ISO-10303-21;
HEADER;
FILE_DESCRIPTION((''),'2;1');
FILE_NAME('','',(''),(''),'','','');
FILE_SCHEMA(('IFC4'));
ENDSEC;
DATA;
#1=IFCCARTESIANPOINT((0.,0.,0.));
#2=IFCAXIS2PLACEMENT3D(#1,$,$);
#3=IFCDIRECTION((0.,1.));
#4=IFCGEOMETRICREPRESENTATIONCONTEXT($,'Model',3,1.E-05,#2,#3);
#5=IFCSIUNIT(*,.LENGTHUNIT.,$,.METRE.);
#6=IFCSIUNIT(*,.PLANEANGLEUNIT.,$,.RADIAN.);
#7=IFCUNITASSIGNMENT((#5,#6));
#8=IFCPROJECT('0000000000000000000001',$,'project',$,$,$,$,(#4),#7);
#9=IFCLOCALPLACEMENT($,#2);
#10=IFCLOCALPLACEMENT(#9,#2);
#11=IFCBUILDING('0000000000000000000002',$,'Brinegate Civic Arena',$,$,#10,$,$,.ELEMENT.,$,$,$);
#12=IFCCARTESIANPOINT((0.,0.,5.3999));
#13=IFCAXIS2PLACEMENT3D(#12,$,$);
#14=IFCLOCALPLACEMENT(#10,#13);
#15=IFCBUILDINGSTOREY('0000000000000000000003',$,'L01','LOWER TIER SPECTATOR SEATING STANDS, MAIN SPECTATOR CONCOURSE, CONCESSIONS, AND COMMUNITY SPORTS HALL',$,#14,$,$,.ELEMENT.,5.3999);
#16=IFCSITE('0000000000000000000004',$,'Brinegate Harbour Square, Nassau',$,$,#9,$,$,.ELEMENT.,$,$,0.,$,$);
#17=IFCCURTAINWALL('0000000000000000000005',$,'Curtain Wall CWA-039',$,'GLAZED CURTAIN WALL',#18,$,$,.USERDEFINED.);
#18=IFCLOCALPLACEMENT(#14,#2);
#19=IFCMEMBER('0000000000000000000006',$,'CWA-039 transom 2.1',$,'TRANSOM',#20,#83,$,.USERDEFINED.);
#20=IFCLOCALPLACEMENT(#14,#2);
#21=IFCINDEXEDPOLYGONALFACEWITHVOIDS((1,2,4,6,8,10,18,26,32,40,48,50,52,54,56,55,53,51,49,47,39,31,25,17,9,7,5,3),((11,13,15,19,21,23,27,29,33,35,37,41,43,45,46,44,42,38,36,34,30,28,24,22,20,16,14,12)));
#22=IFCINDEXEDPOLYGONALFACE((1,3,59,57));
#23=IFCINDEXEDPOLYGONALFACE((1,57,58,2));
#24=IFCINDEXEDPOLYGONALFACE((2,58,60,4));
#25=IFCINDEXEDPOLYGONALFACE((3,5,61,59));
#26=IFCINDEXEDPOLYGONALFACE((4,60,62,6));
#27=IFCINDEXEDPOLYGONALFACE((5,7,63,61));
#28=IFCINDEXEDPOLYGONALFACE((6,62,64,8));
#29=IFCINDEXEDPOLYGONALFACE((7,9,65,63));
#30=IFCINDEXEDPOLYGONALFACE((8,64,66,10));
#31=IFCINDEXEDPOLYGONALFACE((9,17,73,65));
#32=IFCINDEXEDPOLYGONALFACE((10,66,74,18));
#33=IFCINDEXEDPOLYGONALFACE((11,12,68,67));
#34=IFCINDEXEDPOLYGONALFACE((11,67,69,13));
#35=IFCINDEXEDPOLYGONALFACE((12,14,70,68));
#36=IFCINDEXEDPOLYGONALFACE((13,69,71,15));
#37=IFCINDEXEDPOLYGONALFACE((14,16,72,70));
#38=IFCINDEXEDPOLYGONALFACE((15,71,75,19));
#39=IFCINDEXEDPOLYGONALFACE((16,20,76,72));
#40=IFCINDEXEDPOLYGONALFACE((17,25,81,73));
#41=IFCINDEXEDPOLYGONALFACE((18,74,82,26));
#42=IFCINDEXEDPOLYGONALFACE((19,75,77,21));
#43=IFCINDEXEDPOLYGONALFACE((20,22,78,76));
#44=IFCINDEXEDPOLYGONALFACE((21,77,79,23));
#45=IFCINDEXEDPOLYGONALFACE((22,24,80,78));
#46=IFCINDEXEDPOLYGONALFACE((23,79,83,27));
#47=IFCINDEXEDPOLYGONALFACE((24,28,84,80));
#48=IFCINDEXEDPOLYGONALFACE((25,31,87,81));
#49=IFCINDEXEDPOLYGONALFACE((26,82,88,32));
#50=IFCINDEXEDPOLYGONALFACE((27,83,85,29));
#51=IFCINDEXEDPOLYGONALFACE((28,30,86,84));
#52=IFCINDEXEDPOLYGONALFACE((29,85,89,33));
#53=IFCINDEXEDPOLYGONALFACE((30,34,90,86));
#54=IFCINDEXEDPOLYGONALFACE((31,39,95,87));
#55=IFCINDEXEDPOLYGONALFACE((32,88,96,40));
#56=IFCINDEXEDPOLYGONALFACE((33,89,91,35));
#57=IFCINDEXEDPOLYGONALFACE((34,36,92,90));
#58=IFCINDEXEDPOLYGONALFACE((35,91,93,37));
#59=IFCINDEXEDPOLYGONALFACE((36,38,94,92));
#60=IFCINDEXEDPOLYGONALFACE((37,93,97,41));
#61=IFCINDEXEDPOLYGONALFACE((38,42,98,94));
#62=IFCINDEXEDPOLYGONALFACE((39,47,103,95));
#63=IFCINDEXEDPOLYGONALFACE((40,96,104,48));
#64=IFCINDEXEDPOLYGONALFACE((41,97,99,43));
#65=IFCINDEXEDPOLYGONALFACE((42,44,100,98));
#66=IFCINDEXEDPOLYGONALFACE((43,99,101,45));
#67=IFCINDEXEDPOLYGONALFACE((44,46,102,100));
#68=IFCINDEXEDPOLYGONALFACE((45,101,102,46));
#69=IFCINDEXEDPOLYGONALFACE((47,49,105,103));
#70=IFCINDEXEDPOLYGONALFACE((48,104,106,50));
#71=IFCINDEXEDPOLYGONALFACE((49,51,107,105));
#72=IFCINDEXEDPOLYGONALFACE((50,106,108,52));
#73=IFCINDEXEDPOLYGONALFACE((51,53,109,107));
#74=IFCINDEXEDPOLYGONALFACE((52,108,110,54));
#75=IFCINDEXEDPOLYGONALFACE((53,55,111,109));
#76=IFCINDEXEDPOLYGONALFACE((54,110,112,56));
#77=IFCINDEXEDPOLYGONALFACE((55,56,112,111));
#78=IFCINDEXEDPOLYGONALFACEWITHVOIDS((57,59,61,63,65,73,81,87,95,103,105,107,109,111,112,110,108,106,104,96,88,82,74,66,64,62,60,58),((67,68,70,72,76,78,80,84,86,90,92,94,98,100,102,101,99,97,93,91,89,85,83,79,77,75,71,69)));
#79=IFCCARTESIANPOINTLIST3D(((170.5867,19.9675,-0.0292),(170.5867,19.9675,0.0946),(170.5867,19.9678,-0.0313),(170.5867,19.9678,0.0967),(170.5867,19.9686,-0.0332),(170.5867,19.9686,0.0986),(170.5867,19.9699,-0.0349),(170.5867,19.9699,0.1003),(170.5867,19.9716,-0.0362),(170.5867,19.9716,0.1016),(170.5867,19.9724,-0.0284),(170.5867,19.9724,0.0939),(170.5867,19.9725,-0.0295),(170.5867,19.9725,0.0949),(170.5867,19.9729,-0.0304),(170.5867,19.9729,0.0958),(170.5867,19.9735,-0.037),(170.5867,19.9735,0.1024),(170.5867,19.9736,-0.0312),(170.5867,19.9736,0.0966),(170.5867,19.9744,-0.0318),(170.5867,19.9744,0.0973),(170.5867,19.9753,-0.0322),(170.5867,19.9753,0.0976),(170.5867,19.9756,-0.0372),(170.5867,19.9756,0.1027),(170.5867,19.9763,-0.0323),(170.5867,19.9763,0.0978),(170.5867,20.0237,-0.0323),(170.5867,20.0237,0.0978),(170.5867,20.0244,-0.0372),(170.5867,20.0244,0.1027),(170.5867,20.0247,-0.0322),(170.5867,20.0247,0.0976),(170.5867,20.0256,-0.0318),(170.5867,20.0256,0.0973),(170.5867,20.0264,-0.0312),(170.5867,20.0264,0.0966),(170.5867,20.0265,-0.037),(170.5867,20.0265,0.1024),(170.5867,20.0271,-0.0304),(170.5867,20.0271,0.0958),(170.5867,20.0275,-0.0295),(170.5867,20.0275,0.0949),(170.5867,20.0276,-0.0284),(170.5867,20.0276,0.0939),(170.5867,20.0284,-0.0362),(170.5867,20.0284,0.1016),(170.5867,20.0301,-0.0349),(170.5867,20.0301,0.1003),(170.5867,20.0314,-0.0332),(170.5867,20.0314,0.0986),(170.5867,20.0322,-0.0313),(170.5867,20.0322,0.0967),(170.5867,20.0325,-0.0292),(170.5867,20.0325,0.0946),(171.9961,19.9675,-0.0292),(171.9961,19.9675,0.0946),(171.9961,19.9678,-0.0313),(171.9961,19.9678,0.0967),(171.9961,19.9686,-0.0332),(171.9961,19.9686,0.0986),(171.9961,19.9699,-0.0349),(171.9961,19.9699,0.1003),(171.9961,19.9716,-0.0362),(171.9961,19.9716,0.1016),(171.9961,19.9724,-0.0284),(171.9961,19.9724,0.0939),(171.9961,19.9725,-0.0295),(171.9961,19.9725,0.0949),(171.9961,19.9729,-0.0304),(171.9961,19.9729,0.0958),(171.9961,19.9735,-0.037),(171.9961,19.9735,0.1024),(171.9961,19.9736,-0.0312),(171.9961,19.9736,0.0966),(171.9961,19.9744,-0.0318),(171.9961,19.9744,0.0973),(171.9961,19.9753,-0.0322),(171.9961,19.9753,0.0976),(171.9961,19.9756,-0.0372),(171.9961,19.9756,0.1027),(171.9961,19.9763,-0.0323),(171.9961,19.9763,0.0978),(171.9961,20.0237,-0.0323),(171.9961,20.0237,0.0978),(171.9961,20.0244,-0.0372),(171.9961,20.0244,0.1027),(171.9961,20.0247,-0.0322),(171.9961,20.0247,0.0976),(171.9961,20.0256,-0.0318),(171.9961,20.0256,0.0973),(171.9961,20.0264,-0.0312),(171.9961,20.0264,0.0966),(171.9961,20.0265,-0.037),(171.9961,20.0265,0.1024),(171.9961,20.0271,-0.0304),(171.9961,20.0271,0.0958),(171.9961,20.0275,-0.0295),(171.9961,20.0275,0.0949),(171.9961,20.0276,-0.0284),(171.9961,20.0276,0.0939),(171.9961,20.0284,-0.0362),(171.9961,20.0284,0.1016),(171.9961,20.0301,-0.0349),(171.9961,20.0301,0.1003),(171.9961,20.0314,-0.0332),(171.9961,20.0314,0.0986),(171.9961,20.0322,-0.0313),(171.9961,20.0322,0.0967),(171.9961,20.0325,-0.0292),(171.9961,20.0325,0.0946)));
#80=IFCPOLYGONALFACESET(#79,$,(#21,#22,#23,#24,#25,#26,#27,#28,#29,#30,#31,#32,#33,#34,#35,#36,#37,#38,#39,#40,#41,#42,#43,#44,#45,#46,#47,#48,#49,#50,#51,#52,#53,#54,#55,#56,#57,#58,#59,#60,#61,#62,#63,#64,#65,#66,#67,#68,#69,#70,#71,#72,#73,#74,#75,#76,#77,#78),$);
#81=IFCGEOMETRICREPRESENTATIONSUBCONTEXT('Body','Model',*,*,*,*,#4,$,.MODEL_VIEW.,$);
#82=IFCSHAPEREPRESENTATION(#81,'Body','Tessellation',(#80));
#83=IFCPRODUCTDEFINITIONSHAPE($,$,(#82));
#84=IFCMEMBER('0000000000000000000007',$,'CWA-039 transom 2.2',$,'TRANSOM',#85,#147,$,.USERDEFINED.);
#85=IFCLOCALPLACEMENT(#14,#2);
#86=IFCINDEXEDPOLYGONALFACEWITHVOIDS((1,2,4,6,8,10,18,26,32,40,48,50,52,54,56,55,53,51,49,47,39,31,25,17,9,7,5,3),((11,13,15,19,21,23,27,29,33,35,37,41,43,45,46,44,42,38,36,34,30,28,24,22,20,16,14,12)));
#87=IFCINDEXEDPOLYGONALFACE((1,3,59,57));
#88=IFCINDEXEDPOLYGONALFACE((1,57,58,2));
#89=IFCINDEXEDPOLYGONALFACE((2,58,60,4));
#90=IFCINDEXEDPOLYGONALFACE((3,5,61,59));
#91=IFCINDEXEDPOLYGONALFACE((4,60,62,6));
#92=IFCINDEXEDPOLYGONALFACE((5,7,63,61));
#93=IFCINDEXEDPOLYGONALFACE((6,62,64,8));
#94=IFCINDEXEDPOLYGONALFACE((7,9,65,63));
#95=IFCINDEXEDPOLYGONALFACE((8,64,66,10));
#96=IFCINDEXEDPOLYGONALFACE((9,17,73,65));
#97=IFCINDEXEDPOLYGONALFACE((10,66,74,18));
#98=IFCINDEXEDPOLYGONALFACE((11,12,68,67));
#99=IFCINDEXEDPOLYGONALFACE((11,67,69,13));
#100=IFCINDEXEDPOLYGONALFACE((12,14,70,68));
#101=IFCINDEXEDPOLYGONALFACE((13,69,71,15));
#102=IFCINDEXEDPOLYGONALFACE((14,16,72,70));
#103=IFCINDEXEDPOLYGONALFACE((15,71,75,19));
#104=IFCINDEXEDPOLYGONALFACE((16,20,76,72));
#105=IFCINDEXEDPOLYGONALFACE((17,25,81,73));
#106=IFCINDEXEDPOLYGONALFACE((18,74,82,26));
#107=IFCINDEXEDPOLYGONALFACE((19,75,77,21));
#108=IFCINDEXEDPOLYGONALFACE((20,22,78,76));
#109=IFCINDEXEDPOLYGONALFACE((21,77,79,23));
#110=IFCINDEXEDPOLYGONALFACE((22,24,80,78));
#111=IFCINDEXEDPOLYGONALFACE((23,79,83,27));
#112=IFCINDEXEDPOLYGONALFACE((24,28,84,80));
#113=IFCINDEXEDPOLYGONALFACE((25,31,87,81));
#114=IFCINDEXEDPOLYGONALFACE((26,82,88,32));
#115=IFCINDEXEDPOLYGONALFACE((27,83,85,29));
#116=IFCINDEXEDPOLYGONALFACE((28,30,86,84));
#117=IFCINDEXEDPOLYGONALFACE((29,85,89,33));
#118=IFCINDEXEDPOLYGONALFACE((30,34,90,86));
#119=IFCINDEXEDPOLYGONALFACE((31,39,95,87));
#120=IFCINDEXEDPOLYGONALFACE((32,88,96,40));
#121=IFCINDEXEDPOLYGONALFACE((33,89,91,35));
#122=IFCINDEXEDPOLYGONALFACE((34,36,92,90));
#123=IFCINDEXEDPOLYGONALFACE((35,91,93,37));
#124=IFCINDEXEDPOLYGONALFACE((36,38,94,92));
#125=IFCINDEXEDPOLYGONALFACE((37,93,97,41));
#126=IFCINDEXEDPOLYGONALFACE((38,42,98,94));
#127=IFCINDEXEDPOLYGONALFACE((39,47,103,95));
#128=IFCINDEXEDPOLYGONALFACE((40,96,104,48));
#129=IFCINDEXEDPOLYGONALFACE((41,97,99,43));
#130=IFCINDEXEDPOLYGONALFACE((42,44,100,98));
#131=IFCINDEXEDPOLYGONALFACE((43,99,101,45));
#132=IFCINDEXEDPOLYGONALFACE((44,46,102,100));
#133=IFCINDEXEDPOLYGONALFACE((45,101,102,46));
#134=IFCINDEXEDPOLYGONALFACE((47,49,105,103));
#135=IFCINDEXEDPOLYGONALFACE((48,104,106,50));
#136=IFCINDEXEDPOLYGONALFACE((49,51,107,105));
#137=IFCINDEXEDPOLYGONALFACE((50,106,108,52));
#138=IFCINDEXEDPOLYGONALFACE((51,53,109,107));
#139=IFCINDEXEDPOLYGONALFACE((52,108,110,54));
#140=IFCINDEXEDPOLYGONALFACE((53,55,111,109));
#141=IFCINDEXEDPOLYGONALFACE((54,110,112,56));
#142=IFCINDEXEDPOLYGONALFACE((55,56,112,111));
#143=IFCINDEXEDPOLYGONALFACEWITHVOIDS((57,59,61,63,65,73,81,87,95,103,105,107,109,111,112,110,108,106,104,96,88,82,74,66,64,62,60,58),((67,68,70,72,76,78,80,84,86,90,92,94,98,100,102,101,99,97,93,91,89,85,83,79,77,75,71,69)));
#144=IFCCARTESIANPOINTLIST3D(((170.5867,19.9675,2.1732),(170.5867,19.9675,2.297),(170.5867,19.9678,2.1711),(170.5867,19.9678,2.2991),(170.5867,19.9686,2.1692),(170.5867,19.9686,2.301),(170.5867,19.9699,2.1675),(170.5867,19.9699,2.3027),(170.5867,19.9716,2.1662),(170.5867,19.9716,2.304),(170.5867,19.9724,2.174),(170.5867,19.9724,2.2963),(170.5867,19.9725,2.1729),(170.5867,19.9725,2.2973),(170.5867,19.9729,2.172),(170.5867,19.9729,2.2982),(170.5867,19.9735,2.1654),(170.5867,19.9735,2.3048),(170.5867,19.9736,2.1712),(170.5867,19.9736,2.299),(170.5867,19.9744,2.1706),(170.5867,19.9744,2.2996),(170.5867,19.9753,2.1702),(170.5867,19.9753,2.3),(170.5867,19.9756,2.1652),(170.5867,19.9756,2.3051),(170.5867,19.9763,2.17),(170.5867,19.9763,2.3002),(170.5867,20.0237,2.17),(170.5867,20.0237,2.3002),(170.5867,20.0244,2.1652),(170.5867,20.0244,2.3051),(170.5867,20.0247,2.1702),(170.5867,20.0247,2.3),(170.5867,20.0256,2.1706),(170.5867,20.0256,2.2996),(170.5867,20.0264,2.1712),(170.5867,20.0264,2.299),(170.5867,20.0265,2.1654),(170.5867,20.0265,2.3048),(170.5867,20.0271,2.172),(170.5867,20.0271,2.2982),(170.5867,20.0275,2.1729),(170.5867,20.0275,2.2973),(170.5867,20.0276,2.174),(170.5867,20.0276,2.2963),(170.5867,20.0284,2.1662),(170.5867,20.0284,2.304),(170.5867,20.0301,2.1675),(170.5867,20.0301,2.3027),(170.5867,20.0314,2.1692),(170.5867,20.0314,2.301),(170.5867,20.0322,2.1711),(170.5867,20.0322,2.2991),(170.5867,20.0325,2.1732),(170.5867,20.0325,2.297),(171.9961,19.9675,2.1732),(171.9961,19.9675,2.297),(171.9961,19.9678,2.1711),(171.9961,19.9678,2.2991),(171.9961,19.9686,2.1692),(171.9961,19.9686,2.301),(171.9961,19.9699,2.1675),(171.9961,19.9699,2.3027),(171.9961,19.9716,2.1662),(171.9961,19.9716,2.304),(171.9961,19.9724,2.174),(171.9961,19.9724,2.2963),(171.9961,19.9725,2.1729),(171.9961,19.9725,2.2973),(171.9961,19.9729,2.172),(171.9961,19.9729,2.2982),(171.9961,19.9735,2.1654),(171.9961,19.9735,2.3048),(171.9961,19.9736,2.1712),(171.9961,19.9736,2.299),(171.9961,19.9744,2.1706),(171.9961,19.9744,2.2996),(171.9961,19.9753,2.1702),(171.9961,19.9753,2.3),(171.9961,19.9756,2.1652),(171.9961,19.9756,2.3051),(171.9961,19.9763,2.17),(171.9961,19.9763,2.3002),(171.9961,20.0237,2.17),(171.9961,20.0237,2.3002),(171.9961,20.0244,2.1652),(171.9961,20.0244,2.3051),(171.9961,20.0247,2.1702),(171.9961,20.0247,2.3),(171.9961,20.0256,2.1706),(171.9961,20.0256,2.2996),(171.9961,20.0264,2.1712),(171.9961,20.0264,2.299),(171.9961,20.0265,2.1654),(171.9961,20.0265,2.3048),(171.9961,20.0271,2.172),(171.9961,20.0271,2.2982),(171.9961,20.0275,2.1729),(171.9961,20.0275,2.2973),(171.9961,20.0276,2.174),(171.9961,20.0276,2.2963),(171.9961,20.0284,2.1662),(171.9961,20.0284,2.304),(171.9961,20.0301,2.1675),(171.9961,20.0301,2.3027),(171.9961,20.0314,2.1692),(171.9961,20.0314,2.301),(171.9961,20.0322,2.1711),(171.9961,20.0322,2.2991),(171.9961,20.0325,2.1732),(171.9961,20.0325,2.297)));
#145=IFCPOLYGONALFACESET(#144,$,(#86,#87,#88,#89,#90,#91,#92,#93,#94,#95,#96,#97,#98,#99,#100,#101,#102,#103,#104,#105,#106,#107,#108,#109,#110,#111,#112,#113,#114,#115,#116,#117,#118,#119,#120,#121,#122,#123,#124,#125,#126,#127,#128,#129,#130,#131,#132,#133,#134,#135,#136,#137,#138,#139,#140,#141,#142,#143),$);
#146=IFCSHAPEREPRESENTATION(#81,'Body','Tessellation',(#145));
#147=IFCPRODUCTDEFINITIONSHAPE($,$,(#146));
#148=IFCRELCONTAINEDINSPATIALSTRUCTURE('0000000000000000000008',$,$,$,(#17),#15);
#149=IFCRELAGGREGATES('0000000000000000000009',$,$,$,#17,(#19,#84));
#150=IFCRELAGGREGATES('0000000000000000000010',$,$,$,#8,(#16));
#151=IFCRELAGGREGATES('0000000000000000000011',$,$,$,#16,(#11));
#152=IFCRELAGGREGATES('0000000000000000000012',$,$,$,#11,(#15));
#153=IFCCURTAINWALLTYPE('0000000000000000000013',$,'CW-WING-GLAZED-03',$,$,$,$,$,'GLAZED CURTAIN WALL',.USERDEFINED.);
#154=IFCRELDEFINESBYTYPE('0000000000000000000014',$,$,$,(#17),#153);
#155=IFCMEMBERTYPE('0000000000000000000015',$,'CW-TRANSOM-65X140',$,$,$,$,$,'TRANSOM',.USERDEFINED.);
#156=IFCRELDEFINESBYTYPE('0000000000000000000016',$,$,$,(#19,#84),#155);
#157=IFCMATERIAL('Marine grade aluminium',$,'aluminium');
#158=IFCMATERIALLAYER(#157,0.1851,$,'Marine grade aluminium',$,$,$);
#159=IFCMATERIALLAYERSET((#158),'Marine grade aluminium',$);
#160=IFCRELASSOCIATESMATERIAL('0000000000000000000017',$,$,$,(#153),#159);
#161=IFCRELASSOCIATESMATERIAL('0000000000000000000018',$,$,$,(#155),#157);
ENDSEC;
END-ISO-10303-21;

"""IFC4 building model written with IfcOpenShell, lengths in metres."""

from ifc_helpers import new_model, si_unit, direction, frame, origin, origin_2d, place, context, subcontext, project, spatial, hollow_rectangle, extrude, material, layer, layer_set, material_profile, profile_set, type_object, element, aggregate, save


model = new_model("IFC4")

# Units and contexts
model_context = context("Model", 3, precision=1e-05, world=origin(), true_north=direction((0.0, 1.0)))
body_context = subcontext(model_context, "Body", "Model", "MODEL_VIEW")
ifc_project = project(units=[si_unit("LENGTHUNIT", "METRE"), si_unit("PLANEANGLEUNIT", "RADIAN")], contexts=[model_context])

# Site, building, storey
site_placement = place(None, origin())
site = spatial("IfcSite", under=ifc_project, at=site_placement, Name="Brinegate Harbour Square, Nassau", CompositionType="ELEMENT", RefElevation=0.0)
building_placement = place(site_placement, origin())
building = spatial("IfcBuilding", under=site, at=building_placement, Name="Brinegate Civic Arena", CompositionType="ELEMENT")
storey_placement = place(building_placement, frame((0.0, 0.0, 5.3999)))
storey = spatial("IfcBuildingStorey", under=building, at=storey_placement, Name="L01", Description="LOWER TIER SPECTATOR SEATING STANDS, MAIN SPECTATOR CONCOURSE, CONCESSIONS, AND COMMUNITY SPORTS HALL", CompositionType="ELEMENT", Elevation=5.3999)

# Curtain wall
ifc_material_1 = material(Name="Marine grade aluminium", Category="aluminium")
ifc_layer_1 = layer(ifc_material_1, 0.1851, Name="Marine grade aluminium")
ifc_layer_set_1 = layer_set([ifc_layer_1], Name="Marine grade aluminium")
curtain_wall_type_1 = type_object("IfcCurtainWallType", Name="CW-WING-GLAZED-03", ElementType="GLAZED CURTAIN WALL", PredefinedType="USERDEFINED", material=ifc_layer_set_1)
curtain_wall_1_placement = place(storey_placement, origin())
curtain_wall_1 = element("IfcCurtainWall", 1, at=curtain_wall_1_placement, inside=storey, type_object=curtain_wall_type_1, Name="Curtain Wall CWA-039", ObjectType="GLAZED CURTAIN WALL", PredefinedType="USERDEFINED")

# Members
ifc_material_profile_1 = material_profile(ifc_material_1, hollow_rectangle(XDim=0.0649, YDim=0.1399, WallThickness=0.0049, InnerFilletRadius=0.0039, OuterFilletRadius=0.0081, at=origin_2d()), Name="TRN65X140")
ifc_profile_set_1 = profile_set([ifc_material_profile_1], Name="Marine grade aluminium")
member_type_1 = type_object("IfcMemberType", Name="CW-TRANSOM-65X140", ElementType="TRANSOM", PredefinedType="USERDEFINED", material=ifc_profile_set_1)
member_1_placement = place(storey_placement, frame((170.5867, 20.0, 0.0327), z_axis=(1.0, 0.0, 0.0), x_axis=(0.0, 1.0, 0.0)))
member_1 = element("IfcMember", 2, at=member_1_placement, type_object=member_type_1, Name="CWA-039 transom 2.1", ObjectType="TRANSOM", PredefinedType="USERDEFINED", context=body_context, shape_type="SweptSolid", body=[
    extrude(hollow_rectangle(XDim=0.0649, YDim=0.1399, WallThickness=0.0049, InnerFilletRadius=0.0039, OuterFilletRadius=0.0081, at=origin_2d()), origin(), (0.0, 0.0, 1.0), 1.4094),
])
member_2_placement = place(storey_placement, frame((170.5867, 20.0, 2.2351), z_axis=(1.0, 0.0, 0.0), x_axis=(0.0, 1.0, 0.0)))
member_2 = element("IfcMember", 3, at=member_2_placement, type_object=member_type_1, Name="CWA-039 transom 2.2", ObjectType="TRANSOM", PredefinedType="USERDEFINED", context=body_context, shape_type="SweptSolid", body=[
    extrude(hollow_rectangle(XDim=0.0649, YDim=0.1399, WallThickness=0.0049, InnerFilletRadius=0.0039, OuterFilletRadius=0.0081, at=origin_2d()), origin(), (0.0, 0.0, 1.0), 1.4094),
])

aggregate(curtain_wall_1, [member_1, member_2])

save(model, "model.ifc")
